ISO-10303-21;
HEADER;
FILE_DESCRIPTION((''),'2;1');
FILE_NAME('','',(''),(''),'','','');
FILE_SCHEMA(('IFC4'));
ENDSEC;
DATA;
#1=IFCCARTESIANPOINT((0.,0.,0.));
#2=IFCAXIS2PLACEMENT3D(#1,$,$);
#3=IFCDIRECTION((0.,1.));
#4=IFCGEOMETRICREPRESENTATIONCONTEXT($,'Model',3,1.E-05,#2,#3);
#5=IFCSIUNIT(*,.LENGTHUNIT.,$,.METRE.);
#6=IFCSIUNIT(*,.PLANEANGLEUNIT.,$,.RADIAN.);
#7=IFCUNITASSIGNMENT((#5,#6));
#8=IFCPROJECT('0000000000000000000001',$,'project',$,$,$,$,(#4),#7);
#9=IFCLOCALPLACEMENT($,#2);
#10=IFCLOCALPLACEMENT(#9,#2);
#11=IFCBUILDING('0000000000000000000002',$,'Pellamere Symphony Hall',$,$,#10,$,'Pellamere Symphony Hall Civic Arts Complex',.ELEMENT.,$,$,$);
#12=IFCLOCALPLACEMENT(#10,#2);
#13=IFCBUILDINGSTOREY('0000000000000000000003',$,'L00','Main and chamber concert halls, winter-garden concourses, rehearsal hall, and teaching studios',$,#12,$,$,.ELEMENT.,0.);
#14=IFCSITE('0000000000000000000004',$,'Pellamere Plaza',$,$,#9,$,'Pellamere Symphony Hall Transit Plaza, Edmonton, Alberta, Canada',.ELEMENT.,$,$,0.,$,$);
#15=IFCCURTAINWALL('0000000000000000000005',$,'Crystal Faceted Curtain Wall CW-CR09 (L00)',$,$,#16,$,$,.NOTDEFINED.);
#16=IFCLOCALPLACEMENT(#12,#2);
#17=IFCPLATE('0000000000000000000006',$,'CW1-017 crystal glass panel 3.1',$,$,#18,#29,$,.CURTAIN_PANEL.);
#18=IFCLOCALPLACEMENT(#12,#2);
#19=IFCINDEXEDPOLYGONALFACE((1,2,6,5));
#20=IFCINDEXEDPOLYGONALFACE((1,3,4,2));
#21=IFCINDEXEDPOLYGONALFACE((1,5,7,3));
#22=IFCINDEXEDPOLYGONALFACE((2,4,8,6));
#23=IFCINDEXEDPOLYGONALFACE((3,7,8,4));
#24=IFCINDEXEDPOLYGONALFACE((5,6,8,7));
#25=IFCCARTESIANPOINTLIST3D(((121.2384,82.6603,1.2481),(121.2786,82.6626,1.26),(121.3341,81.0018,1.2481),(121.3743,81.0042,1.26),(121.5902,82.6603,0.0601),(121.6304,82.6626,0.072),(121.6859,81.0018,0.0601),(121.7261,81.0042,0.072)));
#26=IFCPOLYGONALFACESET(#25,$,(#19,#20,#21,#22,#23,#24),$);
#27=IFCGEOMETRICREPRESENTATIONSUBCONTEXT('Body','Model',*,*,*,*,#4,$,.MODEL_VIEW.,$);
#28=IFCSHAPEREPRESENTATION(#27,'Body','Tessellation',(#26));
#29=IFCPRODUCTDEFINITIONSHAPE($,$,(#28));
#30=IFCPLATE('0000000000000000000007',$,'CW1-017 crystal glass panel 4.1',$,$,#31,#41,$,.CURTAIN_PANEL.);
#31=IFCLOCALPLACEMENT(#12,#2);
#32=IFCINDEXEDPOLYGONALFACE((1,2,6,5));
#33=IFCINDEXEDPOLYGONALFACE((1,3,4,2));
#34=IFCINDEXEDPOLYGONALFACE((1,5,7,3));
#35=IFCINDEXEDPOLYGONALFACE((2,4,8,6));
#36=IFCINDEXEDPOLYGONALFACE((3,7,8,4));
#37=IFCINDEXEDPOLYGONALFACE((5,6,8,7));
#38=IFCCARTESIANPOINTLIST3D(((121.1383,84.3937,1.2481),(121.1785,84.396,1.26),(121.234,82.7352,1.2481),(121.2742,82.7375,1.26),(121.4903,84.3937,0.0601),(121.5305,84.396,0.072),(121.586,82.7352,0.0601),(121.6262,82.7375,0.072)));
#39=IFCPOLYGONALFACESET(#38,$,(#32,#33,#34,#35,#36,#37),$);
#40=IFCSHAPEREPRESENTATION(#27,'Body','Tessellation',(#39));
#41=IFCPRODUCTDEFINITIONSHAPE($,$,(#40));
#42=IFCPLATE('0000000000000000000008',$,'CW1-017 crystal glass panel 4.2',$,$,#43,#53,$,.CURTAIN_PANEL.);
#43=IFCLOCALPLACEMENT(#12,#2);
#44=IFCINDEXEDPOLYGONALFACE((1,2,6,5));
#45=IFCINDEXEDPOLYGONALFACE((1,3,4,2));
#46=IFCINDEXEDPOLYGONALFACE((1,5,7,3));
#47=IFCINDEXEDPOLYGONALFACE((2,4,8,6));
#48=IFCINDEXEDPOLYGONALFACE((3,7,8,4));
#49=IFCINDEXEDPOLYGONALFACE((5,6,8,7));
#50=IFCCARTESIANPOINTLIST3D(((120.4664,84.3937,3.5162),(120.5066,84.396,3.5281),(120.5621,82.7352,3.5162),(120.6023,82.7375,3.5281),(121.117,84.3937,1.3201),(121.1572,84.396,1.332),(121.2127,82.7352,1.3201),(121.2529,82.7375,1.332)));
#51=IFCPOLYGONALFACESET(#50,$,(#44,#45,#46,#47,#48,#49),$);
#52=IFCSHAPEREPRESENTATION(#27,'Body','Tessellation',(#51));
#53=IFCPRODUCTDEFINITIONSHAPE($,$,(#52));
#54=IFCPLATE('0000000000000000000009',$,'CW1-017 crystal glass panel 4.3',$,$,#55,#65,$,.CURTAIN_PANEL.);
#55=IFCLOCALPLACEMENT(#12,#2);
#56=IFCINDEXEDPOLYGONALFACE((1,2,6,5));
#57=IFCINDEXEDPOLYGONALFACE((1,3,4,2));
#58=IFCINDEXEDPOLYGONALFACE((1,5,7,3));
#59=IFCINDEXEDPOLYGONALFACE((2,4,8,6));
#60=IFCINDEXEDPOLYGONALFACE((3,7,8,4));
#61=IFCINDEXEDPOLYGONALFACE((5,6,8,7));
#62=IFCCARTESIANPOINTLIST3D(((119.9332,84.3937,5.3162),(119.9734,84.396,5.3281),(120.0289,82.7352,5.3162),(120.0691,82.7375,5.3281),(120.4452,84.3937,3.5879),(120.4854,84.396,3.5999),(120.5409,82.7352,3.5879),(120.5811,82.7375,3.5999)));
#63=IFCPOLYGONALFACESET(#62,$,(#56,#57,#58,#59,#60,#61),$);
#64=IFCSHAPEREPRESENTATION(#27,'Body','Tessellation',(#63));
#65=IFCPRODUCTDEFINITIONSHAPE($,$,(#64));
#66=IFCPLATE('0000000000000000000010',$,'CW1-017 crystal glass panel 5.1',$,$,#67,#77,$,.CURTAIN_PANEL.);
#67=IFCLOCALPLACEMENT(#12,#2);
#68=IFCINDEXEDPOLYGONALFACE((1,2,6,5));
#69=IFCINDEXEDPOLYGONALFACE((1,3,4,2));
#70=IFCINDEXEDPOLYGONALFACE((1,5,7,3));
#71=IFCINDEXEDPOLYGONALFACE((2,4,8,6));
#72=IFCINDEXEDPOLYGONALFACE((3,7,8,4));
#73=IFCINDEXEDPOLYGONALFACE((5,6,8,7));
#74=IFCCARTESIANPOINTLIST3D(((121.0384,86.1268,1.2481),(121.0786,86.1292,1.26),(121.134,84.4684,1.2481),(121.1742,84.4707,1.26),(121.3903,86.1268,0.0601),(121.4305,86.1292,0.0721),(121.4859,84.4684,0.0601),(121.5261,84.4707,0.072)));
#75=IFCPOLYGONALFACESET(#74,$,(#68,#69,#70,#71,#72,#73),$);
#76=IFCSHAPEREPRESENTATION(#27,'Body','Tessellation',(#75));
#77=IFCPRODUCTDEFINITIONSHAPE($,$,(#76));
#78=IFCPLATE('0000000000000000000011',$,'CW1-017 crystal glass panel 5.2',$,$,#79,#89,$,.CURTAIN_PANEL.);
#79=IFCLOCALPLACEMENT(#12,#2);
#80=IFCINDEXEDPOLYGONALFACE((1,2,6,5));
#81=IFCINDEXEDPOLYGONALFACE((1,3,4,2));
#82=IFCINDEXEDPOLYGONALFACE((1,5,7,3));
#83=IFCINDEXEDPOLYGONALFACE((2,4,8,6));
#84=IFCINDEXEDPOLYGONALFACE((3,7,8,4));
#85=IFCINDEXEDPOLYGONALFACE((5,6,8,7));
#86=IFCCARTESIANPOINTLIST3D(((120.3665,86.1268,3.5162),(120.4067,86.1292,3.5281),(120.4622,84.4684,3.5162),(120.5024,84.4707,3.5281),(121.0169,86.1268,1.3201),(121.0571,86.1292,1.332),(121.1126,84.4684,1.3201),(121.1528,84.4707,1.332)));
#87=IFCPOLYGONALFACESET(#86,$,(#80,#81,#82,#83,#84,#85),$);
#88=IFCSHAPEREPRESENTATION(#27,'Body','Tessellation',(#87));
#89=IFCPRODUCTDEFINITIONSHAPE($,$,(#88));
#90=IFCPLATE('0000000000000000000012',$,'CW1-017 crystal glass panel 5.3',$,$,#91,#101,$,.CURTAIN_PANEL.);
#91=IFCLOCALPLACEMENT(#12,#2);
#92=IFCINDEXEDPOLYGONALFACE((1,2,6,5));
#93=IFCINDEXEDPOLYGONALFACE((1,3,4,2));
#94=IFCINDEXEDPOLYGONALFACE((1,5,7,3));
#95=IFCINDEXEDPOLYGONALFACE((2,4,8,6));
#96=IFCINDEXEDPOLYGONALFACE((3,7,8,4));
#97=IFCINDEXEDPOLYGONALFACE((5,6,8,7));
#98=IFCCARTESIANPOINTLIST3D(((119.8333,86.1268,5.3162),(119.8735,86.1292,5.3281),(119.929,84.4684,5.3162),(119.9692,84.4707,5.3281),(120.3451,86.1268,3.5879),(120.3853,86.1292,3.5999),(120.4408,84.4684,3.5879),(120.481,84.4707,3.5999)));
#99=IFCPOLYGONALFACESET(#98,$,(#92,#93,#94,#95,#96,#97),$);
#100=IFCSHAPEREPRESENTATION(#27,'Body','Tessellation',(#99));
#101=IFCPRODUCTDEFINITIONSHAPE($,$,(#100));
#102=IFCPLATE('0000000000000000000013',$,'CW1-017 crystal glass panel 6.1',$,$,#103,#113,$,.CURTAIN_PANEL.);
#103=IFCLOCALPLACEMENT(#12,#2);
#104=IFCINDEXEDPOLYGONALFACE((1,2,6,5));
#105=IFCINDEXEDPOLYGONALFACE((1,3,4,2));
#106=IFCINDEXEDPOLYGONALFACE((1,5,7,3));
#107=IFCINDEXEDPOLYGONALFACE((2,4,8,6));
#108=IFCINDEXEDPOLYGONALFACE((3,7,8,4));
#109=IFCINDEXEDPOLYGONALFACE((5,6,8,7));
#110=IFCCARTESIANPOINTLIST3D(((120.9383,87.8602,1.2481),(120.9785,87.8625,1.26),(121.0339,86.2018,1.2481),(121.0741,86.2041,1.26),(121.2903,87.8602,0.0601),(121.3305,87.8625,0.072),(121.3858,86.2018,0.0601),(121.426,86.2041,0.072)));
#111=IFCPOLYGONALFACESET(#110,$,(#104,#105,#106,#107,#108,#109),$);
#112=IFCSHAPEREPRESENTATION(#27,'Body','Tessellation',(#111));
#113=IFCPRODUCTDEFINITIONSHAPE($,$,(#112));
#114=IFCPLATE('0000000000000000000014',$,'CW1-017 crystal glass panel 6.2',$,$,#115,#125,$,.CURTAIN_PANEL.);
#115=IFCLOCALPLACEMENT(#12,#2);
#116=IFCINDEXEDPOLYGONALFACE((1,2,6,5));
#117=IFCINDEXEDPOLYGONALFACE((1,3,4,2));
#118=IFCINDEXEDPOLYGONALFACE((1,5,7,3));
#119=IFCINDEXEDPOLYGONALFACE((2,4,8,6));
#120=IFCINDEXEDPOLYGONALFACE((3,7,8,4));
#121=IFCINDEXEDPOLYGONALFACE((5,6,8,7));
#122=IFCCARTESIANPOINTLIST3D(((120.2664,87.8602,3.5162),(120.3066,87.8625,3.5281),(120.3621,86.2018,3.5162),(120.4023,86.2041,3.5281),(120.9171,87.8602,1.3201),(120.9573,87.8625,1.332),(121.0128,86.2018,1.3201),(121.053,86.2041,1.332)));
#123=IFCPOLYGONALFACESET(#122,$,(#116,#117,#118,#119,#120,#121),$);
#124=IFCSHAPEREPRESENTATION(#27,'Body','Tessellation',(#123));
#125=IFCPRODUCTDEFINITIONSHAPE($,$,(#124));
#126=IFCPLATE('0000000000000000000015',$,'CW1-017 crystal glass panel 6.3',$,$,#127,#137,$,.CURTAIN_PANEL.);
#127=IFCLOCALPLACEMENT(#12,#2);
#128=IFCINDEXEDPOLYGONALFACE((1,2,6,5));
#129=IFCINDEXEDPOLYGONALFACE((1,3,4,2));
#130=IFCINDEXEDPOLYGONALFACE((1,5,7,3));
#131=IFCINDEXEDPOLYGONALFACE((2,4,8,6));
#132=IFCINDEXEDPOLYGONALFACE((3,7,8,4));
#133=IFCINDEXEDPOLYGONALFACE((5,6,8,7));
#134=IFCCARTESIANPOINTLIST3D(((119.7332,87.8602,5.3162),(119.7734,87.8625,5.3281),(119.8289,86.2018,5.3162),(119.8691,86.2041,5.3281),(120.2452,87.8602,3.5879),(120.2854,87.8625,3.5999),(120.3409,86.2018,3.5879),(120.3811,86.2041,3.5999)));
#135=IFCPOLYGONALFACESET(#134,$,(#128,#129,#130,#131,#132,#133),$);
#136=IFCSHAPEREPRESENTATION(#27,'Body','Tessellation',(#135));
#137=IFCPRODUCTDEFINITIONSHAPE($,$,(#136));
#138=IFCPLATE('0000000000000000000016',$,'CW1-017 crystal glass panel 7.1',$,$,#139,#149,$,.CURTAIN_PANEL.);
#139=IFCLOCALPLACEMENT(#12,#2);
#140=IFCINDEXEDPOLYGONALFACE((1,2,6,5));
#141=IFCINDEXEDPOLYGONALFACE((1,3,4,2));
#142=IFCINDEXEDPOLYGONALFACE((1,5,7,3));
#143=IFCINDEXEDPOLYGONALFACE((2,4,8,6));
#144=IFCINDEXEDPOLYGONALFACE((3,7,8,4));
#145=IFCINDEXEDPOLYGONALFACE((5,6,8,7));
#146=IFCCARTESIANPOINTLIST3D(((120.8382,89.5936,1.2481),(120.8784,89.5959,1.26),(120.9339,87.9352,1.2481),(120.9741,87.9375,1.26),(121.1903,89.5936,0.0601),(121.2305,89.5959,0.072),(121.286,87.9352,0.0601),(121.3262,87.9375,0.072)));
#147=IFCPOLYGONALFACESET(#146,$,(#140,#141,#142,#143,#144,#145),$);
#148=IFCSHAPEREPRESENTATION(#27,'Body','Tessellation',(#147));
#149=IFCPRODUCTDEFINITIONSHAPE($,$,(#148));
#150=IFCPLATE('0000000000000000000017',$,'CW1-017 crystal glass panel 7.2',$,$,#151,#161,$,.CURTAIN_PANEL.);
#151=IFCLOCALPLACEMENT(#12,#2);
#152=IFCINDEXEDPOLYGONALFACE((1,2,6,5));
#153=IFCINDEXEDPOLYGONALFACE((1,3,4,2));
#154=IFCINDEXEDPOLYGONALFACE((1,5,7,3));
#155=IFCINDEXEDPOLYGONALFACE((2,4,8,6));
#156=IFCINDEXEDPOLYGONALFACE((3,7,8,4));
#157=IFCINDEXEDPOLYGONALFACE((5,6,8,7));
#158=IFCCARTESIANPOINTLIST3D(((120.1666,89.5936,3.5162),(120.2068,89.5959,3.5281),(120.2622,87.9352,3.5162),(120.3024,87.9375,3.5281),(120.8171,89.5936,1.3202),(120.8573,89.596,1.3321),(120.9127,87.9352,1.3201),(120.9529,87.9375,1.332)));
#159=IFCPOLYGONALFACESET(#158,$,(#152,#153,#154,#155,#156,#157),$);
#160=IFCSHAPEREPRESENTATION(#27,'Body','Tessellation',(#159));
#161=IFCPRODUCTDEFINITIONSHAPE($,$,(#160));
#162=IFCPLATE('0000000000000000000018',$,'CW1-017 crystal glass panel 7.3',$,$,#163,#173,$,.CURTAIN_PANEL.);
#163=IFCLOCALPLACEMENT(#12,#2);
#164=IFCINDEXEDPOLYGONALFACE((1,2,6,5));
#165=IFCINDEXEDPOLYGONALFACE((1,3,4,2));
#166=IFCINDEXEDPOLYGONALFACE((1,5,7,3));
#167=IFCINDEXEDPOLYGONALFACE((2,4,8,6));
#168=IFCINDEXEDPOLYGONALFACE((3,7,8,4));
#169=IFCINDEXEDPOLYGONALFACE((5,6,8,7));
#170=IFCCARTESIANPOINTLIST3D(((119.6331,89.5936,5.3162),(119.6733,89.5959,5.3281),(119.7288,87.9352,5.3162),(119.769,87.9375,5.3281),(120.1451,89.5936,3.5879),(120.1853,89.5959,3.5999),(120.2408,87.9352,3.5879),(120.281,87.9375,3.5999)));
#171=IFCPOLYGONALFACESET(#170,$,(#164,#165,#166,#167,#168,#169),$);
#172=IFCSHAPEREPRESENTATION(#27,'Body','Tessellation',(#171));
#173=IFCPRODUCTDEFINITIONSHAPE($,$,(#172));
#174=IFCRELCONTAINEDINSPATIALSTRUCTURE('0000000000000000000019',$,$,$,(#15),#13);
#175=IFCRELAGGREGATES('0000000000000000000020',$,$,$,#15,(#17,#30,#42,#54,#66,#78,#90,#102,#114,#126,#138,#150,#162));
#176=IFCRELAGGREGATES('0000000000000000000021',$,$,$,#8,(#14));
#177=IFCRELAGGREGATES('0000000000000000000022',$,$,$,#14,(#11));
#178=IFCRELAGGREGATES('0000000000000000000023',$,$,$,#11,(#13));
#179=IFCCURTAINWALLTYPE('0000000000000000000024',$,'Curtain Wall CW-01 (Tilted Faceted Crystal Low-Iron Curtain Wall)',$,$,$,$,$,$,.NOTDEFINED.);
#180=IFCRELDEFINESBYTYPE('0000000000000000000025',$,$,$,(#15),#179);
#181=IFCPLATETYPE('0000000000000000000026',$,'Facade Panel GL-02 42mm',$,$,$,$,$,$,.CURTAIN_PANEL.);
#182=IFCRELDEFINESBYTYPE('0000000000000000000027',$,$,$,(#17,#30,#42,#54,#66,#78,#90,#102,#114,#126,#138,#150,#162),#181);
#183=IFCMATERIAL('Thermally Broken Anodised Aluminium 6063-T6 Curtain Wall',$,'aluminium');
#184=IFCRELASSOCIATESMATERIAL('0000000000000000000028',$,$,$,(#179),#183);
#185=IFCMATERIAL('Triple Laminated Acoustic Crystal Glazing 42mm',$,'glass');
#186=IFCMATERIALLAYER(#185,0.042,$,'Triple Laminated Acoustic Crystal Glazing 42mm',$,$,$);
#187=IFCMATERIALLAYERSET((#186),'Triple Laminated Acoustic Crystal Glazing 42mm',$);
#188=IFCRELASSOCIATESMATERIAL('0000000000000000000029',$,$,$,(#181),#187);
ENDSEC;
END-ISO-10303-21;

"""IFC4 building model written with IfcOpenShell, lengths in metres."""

from ifc_helpers import new_model, si_unit, direction, frame, origin, place, context, subcontext, project, spatial, polyline, outline, extrude, material, layer, layer_set, type_object, element, aggregate, save


model = new_model("IFC4")

# Units and contexts
model_context = context("Model", 3, precision=1e-05, world=origin(), true_north=direction((0.0, 1.0)))
body_context = subcontext(model_context, "Body", "Model", "MODEL_VIEW")
ifc_project = project(units=[si_unit("LENGTHUNIT", "METRE"), si_unit("PLANEANGLEUNIT", "RADIAN")], contexts=[model_context])

# Site, building, storey
site_placement = place(None, origin())
site = spatial("IfcSite", under=ifc_project, at=site_placement, Name="Pellamere Plaza", LongName="Pellamere Symphony Hall Transit Plaza, Edmonton, Alberta, Canada", CompositionType="ELEMENT", RefElevation=0.0)
building_placement = place(site_placement, origin())
building = spatial("IfcBuilding", under=site, at=building_placement, Name="Pellamere Symphony Hall", LongName="Pellamere Symphony Hall Civic Arts Complex", CompositionType="ELEMENT")
storey_placement = place(building_placement, origin())
storey = spatial("IfcBuildingStorey", under=building, at=storey_placement, Name="L00", Description="Main and chamber concert halls, winter-garden concourses, rehearsal hall, and teaching studios", CompositionType="ELEMENT", Elevation=0.0)

# Curtain wall
ifc_material_1 = material(Name="Thermally Broken Anodised Aluminium 6063-T6 Curtain Wall", Category="aluminium")
curtain_wall_type = type_object("IfcCurtainWallType", Name="Curtain Wall CW-01 (Tilted Faceted Crystal Low-Iron Curtain Wall)", PredefinedType="NOTDEFINED", material=ifc_material_1)
curtain_wall_placement = place(storey_placement, origin())
curtain_wall = element("IfcCurtainWall", 1, at=curtain_wall_placement, inside=storey, type_object=curtain_wall_type, Name="Crystal Faceted Curtain Wall CW-CR09 (L00)", PredefinedType="NOTDEFINED")

# Plates
ifc_material_2 = material(Name="Triple Laminated Acoustic Crystal Glazing 42mm", Category="glass")
ifc_layer = layer(ifc_material_2, 0.042, Name="Triple Laminated Acoustic Crystal Glazing 42mm")
ifc_layer_set = layer_set([ifc_layer], Name="Triple Laminated Acoustic Crystal Glazing 42mm")
plate_type = type_object("IfcPlateType", Name="Facade Panel GL-02 42mm", PredefinedType="CURTAIN_PANEL", material=ifc_layer_set)
plate_1_placement = place(storey_placement, frame((121.7261, 81.0042, 0.072), z_axis=(0.957375, 0.055247, 0.283514), x_axis=(-0.057611, 0.998339, 0.0)))
plate_1 = element("IfcPlate", 2, at=plate_1_placement, type_object=plate_type, Name="CW1-017 crystal glass panel 3.1", PredefinedType="CURTAIN_PANEL", context=body_context, shape_type="SweptSolid", body=[
    extrude(outline(polyline([(0.0, 0.0), (1.6612, 0.0), (1.6815, 1.2388), (0.0203, 1.2388), (0.0, 0.0)])), origin(), (0.0, 0.0, -1.0), 0.042),
])
plate_2_placement = place(storey_placement, frame((121.6262, 82.7375, 0.072), z_axis=(0.957322, 0.055244, 0.283695), x_axis=(-0.057611, 0.998339, 0.0)))
plate_2 = element("IfcPlate", 3, at=plate_2_placement, type_object=plate_type, Name="CW1-017 crystal glass panel 4.1", PredefinedType="CURTAIN_PANEL", context=body_context, shape_type="SweptSolid", body=[
    extrude(outline(polyline([(0.0, 0.0), (1.6612, 0.0), (1.6815, 1.2389), (0.0203, 1.2389), (0.0, 0.0)])), origin(), (0.0, 0.0, -1.0), 0.042),
])
plate_3_placement = place(storey_placement, frame((121.2529, 82.7375, 1.332), z_axis=(0.957339, 0.055245, 0.283636), x_axis=(-0.057611, 0.998339, 0.0)))
plate_3 = element("IfcPlate", 4, at=plate_3_placement, type_object=plate_type, Name="CW1-017 crystal glass panel 4.2", PredefinedType="CURTAIN_PANEL", context=body_context, shape_type="SweptSolid", body=[
    extrude(outline(polyline([(0.0, 0.0), (1.6612, 0.0), (1.6987, 2.2901), (0.0375, 2.2901), (0.0, 0.0)])), origin(), (0.0, 0.0, -1.0), 0.042),
])
plate_4_placement = place(storey_placement, frame((120.5811, 82.7375, 3.5999), z_axis=(0.957352, 0.055245, 0.283595), x_axis=(-0.057611, 0.998339, 0.0)))
plate_4 = element("IfcPlate", 5, at=plate_4_placement, type_object=plate_type, Name="CW1-017 crystal glass panel 4.3", PredefinedType="CURTAIN_PANEL", context=body_context, shape_type="SweptSolid", body=[
    extrude(outline(polyline([(0.0, 0.0), (1.6612, 0.0), (1.6907, 1.8023), (0.0295, 1.8023), (0.0, 0.0)])), origin(), (0.0, 0.0, -1.0), 0.042),
])
plate_5_placement = place(storey_placement, frame((121.5261, 84.4707, 0.072), z_axis=(0.957352, 0.055175, 0.283605), x_axis=(-0.057543, 0.998343, 0.00002)))
plate_5 = element("IfcPlate", 6, at=plate_5_placement, type_object=plate_type, Name="CW1-017 crystal glass panel 5.1", PredefinedType="CURTAIN_PANEL", context=body_context, shape_type="SweptSolid", body=[
    extrude(outline(polyline([(0.0, 0.0), (1.6612, 0.0), (1.6815, 1.2388), (0.0203, 1.2389), (0.0, 0.0)])), origin(), (0.0, 0.0, -1.0), 0.042),
])
plate_6_placement = place(storey_placement, frame((121.1528, 84.4707, 1.332), z_axis=(0.957368, 0.055246, 0.283538), x_axis=(-0.057611, 0.998339, 0.0)))
plate_6 = element("IfcPlate", 7, at=plate_6_placement, type_object=plate_type, Name="CW1-017 crystal glass panel 5.2", PredefinedType="CURTAIN_PANEL", context=body_context, shape_type="SweptSolid", body=[
    extrude(outline(polyline([(0.0, 0.0), (1.6612, 0.0), (1.6987, 2.29), (0.0375, 2.29), (0.0, 0.0)])), origin(), (0.0, 0.0, -1.0), 0.042),
])
plate_7_placement = place(storey_placement, frame((120.481, 84.4707, 3.5999), z_axis=(0.957388, 0.055247, 0.28347), x_axis=(-0.057611, 0.998339, 0.0)))
plate_7 = element("IfcPlate", 8, at=plate_7_placement, type_object=plate_type, Name="CW1-017 crystal glass panel 5.3", PredefinedType="CURTAIN_PANEL", context=body_context, shape_type="SweptSolid", body=[
    extrude(outline(polyline([(0.0, 0.0), (1.6612, 0.0), (1.6907, 1.8022), (0.0295, 1.8022), (0.0, 0.0)])), origin(), (0.0, 0.0, -1.0), 0.042),
])
plate_8_placement = place(storey_placement, frame((121.426, 86.2041, 0.072), z_axis=(0.957352, 0.055175, 0.283605), x_axis=(-0.057531, 0.998344, -0.00002)))
plate_8 = element("IfcPlate", 9, at=plate_8_placement, type_object=plate_type, Name="CW1-017 crystal glass panel 6.1", PredefinedType="CURTAIN_PANEL", context=body_context, shape_type="SweptSolid", body=[
    extrude(outline(polyline([(0.0, 0.0), (1.6612, 0.0), (1.6814, 1.2389), (0.0202, 1.2388), (0.0, 0.0)])), origin(), (0.0, 0.0, -1.0), 0.042),
])
plate_9_placement = place(storey_placement, frame((121.053, 86.2041, 1.332), z_axis=(0.957339, 0.055245, 0.283636), x_axis=(-0.057611, 0.998339, 0.0)))
plate_9 = element("IfcPlate", 10, at=plate_9_placement, type_object=plate_type, Name="CW1-017 crystal glass panel 6.2", PredefinedType="CURTAIN_PANEL", context=body_context, shape_type="SweptSolid", body=[
    extrude(outline(polyline([(0.0, 0.0), (1.6612, 0.0), (1.6987, 2.2901), (0.0375, 2.2901), (0.0, 0.0)])), origin(), (0.0, 0.0, -1.0), 0.042),
])
plate_10_placement = place(storey_placement, frame((120.3811, 86.2041, 3.5999), z_axis=(0.957352, 0.055245, 0.283595), x_axis=(-0.057611, 0.998339, 0.0)))
plate_10 = element("IfcPlate", 11, at=plate_10_placement, type_object=plate_type, Name="CW1-017 crystal glass panel 6.3", PredefinedType="CURTAIN_PANEL", context=body_context, shape_type="SweptSolid", body=[
    extrude(outline(polyline([(0.0, 0.0), (1.6612, 0.0), (1.6907, 1.8023), (0.0295, 1.8023), (0.0, 0.0)])), origin(), (0.0, 0.0, -1.0), 0.042),
])
plate_11_placement = place(storey_placement, frame((121.3262, 87.9375, 0.072), z_axis=(0.957322, 0.055244, 0.283695), x_axis=(-0.057611, 0.998339, 0.0)))
plate_11 = element("IfcPlate", 12, at=plate_11_placement, type_object=plate_type, Name="CW1-017 crystal glass panel 7.1", PredefinedType="CURTAIN_PANEL", context=body_context, shape_type="SweptSolid", body=[
    extrude(outline(polyline([(0.0, 0.0), (1.6612, 0.0), (1.6815, 1.2389), (0.0203, 1.2389), (0.0, 0.0)])), origin(), (0.0, 0.0, -1.0), 0.042),
])
plate_12_placement = place(storey_placement, frame((120.9529, 87.9375, 1.332), z_axis=(0.957357, 0.055175, 0.283589), x_axis=(-0.057543, 0.998343, 0.00002)))
plate_12 = element("IfcPlate", 13, at=plate_12_placement, type_object=plate_type, Name="CW1-017 crystal glass panel 7.2", PredefinedType="CURTAIN_PANEL", context=body_context, shape_type="SweptSolid", body=[
    extrude(outline(polyline([(0.0, 0.0), (1.6612, 0.0), (1.6987, 2.29), (0.0375, 2.2901), (0.0, 0.0)])), origin(), (0.0, 0.0, -1.0), 0.042),
])
plate_13_placement = place(storey_placement, frame((120.281, 87.9375, 3.5999), z_axis=(0.957352, 0.055245, 0.283595), x_axis=(-0.057611, 0.998339, 0.0)))
plate_13 = element("IfcPlate", 14, at=plate_13_placement, type_object=plate_type, Name="CW1-017 crystal glass panel 7.3", PredefinedType="CURTAIN_PANEL", context=body_context, shape_type="SweptSolid", body=[
    extrude(outline(polyline([(0.0, 0.0), (1.6612, 0.0), (1.6907, 1.8023), (0.0295, 1.8023), (0.0, 0.0)])), origin(), (0.0, 0.0, -1.0), 0.042),
])
aggregate(curtain_wall, [plate_1, plate_2, plate_3, plate_4, plate_5, plate_6, plate_7, plate_8, plate_9, plate_10, plate_11, plate_12, plate_13])

save(model, "model.ifc")
